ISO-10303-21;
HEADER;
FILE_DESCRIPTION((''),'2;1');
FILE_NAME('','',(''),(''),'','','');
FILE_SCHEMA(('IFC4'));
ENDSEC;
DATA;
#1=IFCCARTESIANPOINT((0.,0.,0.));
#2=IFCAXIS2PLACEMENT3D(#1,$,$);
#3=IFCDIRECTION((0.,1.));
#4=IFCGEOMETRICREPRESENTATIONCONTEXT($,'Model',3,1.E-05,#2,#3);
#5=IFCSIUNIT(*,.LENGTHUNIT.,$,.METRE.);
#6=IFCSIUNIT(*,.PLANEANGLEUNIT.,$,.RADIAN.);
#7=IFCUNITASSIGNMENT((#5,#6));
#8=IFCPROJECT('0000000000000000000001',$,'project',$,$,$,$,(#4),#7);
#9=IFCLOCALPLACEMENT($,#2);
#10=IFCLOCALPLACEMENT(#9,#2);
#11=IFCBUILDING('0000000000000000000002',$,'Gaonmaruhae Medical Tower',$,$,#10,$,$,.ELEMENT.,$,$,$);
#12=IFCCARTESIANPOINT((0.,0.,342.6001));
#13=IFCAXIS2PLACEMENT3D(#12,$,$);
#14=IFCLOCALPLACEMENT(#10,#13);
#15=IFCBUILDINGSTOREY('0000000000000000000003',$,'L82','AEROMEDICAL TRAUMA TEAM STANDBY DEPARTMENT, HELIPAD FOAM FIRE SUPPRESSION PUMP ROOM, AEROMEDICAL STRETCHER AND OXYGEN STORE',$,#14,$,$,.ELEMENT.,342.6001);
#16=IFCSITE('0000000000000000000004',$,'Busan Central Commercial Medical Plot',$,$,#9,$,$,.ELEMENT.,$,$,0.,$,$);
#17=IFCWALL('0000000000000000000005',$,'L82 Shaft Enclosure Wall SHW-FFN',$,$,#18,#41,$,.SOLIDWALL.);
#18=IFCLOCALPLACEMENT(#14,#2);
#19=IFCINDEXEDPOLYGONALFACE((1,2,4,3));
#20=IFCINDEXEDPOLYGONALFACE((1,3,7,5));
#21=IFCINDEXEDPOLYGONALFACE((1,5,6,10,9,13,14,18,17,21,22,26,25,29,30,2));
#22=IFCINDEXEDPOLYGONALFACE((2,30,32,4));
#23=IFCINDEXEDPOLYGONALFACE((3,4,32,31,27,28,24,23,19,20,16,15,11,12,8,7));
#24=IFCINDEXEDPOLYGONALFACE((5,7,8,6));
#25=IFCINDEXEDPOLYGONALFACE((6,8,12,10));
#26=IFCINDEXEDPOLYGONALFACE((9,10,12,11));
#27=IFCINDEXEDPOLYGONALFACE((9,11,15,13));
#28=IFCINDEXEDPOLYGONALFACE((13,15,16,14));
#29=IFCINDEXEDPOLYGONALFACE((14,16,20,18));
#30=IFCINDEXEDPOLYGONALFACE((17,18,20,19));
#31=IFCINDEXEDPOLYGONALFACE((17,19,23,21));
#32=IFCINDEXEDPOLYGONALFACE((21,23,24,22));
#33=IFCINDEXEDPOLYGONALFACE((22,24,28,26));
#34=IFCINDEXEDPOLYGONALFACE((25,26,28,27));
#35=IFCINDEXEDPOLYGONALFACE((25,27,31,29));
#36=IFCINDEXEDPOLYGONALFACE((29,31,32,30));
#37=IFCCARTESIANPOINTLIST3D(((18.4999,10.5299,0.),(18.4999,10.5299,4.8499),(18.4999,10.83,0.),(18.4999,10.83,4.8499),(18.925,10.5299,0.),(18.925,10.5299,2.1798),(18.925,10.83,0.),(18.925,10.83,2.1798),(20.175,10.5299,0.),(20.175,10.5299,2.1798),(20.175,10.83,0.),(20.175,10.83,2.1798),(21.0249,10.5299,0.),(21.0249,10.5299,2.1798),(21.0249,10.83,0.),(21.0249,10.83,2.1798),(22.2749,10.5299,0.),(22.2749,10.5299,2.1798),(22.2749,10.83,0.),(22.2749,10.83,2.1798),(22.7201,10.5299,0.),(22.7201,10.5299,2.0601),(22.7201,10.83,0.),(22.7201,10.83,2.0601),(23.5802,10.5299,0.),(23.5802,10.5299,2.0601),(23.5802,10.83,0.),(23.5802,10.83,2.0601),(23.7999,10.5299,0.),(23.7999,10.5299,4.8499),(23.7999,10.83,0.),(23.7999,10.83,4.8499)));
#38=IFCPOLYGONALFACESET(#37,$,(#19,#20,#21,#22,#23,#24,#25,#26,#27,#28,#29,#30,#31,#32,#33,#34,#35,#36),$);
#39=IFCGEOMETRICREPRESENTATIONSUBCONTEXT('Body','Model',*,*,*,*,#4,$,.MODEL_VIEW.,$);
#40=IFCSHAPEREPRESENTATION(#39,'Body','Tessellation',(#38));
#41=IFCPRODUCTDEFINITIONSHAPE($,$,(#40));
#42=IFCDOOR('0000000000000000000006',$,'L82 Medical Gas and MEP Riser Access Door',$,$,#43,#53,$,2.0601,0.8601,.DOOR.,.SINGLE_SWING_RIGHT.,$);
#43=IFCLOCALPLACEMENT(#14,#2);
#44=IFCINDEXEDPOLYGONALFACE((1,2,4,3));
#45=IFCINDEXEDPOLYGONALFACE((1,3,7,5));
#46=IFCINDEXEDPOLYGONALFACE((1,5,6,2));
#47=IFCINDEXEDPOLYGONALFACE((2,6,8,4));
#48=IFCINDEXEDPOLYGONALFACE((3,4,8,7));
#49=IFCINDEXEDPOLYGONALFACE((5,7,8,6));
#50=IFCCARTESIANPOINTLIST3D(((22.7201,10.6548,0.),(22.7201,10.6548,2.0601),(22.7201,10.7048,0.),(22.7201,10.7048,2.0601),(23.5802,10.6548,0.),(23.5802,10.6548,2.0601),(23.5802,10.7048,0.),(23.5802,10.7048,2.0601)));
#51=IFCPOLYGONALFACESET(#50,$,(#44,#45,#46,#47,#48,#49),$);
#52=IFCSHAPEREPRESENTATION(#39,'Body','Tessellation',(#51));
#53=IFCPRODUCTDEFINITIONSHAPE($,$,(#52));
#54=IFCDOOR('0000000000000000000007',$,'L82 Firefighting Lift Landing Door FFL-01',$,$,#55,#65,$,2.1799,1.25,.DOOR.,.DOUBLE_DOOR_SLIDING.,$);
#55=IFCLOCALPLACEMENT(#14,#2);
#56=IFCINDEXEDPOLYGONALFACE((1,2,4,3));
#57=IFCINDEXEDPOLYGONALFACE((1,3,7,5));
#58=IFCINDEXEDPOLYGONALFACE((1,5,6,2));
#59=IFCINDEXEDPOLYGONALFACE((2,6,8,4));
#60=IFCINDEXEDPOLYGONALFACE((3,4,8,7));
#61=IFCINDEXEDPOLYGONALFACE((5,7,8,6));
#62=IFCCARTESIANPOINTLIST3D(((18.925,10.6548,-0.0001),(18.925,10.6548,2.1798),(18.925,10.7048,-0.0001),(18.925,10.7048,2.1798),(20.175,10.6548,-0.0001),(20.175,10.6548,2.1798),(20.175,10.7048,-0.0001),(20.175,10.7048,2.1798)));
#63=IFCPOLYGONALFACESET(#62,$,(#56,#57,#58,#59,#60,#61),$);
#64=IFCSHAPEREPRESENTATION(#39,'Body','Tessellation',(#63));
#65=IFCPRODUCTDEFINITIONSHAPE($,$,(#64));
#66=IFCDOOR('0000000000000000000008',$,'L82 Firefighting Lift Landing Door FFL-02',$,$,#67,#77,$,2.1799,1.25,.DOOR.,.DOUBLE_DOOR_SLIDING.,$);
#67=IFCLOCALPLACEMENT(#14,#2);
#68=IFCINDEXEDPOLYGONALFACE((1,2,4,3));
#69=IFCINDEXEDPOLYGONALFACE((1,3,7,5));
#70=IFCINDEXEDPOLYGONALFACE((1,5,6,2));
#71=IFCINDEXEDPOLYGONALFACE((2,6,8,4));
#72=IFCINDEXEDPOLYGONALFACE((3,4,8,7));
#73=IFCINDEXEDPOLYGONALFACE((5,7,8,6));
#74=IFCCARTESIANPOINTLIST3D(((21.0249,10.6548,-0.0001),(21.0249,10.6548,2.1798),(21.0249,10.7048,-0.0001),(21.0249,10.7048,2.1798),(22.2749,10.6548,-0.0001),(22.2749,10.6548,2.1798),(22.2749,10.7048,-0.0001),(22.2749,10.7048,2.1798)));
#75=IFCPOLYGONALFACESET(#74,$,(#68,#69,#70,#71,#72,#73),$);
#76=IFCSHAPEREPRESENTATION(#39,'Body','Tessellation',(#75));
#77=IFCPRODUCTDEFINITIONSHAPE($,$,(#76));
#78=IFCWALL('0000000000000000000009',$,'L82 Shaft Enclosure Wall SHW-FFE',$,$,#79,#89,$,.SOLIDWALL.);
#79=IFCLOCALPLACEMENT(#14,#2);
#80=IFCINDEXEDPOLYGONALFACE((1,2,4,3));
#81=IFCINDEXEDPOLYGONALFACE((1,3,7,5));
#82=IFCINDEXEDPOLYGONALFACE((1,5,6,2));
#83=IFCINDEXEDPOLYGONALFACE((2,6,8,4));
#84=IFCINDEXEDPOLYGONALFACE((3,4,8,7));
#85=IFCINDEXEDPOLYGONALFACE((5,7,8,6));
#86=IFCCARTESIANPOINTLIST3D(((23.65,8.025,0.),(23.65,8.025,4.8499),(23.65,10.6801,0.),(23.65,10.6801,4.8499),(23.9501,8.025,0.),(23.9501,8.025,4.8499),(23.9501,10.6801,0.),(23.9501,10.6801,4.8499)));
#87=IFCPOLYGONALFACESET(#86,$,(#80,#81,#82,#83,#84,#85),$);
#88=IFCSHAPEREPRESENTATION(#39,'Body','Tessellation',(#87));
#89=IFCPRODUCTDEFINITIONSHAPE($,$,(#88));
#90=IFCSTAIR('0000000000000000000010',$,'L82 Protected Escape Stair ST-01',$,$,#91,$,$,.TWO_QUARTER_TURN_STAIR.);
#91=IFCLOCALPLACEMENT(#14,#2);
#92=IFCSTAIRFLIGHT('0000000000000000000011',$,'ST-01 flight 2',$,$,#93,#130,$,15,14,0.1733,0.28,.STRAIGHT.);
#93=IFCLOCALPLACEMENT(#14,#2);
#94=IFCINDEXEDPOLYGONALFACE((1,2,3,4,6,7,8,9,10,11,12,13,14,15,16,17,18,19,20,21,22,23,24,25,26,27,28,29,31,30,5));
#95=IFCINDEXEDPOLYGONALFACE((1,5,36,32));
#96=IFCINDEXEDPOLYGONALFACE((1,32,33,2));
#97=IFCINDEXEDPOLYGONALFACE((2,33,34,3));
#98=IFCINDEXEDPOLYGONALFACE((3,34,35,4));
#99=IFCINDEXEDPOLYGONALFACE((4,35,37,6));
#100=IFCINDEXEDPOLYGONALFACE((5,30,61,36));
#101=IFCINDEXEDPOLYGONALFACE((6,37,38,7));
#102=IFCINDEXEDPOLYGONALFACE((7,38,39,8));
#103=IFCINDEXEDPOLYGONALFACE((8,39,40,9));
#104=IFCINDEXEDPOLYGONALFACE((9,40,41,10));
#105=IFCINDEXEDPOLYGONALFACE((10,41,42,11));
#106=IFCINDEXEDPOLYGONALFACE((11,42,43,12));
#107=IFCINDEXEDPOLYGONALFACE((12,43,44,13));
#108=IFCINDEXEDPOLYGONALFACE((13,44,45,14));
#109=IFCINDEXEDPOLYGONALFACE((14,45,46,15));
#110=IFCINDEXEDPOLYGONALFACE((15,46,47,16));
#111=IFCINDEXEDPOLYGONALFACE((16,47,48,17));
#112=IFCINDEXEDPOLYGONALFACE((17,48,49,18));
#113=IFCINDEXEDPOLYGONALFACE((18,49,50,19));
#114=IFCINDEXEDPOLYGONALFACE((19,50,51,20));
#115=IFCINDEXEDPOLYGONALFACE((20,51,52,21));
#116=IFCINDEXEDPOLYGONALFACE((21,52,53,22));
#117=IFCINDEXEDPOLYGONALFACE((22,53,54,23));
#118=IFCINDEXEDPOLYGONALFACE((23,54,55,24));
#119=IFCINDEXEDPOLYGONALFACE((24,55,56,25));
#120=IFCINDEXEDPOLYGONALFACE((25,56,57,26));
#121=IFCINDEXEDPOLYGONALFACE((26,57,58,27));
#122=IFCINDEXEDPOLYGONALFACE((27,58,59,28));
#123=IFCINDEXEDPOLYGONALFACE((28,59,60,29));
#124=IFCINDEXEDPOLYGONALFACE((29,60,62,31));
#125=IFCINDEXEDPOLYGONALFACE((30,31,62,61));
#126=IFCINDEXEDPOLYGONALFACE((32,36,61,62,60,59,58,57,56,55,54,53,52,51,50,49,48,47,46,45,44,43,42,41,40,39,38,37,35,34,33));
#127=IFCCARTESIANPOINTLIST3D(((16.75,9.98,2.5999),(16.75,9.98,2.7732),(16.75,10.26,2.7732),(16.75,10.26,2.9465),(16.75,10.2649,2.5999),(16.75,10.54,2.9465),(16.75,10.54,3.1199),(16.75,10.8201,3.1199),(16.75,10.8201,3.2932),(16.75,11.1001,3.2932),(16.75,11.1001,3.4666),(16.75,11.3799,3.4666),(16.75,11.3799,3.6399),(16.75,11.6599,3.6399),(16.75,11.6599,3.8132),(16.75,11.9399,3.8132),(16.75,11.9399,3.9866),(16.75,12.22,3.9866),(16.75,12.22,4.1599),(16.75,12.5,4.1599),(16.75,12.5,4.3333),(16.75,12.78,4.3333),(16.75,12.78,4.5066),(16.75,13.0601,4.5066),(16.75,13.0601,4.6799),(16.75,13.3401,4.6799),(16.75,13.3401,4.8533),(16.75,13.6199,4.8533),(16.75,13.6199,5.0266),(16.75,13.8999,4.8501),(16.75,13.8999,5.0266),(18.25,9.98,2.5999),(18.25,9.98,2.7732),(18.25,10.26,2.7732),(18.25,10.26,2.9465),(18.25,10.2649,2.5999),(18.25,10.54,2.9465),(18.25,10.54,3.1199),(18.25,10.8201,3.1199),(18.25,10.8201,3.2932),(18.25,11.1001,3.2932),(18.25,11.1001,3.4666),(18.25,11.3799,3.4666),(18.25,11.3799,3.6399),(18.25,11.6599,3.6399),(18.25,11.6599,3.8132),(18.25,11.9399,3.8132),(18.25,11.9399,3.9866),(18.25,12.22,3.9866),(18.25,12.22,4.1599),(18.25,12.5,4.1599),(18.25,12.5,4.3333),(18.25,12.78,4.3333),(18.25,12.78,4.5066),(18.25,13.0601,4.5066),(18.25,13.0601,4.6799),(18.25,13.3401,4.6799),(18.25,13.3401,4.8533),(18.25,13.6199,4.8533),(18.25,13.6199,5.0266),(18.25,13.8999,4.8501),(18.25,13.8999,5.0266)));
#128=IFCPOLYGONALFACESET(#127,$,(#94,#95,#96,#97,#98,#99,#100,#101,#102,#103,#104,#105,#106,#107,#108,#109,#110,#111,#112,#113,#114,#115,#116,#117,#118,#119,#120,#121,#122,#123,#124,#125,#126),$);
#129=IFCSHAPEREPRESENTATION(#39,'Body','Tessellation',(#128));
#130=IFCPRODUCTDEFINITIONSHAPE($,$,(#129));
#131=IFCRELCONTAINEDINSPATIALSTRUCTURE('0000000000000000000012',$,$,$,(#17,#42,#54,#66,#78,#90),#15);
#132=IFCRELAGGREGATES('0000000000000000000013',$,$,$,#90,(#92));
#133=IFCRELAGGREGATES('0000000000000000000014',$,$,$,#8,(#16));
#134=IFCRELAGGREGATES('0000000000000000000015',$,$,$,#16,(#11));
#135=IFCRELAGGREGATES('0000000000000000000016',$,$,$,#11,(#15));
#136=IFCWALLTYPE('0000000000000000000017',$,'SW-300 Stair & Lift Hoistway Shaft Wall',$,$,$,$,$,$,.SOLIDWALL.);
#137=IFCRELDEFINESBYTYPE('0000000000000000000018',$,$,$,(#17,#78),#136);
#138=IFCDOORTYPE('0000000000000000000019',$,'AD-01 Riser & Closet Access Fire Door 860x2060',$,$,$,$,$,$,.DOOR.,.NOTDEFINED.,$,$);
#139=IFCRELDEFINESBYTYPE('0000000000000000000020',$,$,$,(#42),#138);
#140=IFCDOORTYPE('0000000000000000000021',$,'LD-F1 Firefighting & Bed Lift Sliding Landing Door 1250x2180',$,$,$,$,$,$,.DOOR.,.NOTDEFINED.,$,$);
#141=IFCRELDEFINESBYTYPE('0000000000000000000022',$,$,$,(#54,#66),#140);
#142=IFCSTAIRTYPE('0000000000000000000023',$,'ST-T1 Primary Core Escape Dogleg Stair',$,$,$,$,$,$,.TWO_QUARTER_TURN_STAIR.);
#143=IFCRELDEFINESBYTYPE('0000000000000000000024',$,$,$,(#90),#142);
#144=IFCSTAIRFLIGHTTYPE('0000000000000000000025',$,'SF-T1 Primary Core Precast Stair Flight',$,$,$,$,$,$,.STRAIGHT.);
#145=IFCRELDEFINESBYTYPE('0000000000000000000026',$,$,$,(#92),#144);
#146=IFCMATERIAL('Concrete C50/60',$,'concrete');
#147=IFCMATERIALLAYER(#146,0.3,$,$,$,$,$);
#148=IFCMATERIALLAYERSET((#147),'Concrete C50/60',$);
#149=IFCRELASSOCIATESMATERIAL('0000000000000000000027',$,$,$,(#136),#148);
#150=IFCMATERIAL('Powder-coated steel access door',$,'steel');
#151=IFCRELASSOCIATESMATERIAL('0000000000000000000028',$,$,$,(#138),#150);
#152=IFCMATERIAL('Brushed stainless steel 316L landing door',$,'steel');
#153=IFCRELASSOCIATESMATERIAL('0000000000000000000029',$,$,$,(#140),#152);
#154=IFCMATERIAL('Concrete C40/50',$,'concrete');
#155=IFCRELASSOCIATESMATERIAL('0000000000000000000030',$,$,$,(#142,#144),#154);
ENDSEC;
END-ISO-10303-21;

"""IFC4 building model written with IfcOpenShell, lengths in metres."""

from ifc_helpers import new_model, si_unit, direction, frame, frame_2d, origin, place, context, subcontext, project, spatial, polyline, rectangle, outline, extrude, material, layer, layer_set, type_object, element, fill, aggregate, save


model = new_model("IFC4")

# Units and contexts
model_context = context("Model", 3, precision=1e-05, world=origin(), true_north=direction((0.0, 1.0)))
body_context = subcontext(model_context, "Body", "Model", "MODEL_VIEW")
ifc_project = project(units=[si_unit("LENGTHUNIT", "METRE"), si_unit("PLANEANGLEUNIT", "RADIAN")], contexts=[model_context])

# Site, building, storey
site_placement = place(None, origin())
site = spatial("IfcSite", under=ifc_project, at=site_placement, Name="Busan Central Commercial Medical Plot", CompositionType="ELEMENT", RefElevation=0.0)
building_placement = place(site_placement, origin())
building = spatial("IfcBuilding", under=site, at=building_placement, Name="Gaonmaruhae Medical Tower", CompositionType="ELEMENT")
storey_placement = place(building_placement, frame((0.0, 0.0, 342.6001)))
storey = spatial("IfcBuildingStorey", under=building, at=storey_placement, Name="L82", Description="AEROMEDICAL TRAUMA TEAM STANDBY DEPARTMENT, HELIPAD FOAM FIRE SUPPRESSION PUMP ROOM, AEROMEDICAL STRETCHER AND OXYGEN STORE", CompositionType="ELEMENT", Elevation=342.6001)

# Shared definitions
ifc_material_1 = material(Name="Concrete C50/60", Category="concrete")

# Wall, openings, doors
ifc_layer_1 = layer(ifc_material_1, 0.3)
ifc_layer_set_1 = layer_set([ifc_layer_1], Name="Concrete C50/60")
wall_type_1 = type_object("IfcWallType", Name="SW-300 Stair & Lift Hoistway Shaft Wall", PredefinedType="SOLIDWALL", material=ifc_layer_set_1)
wall_1_placement = place(storey_placement, frame((18.5, 10.6799, 0.0), z_axis=(0.0, 0.0, 1.0), x_axis=(1.0, 0.0, 0.0)))
wall_1 = element("IfcWall", 1, at=wall_1_placement, inside=storey, type_object=wall_type_1, Name="L82 Shaft Enclosure Wall SHW-FFN", PredefinedType="SOLIDWALL", context=body_context, shape_type="SweptSolid", body=[
    extrude(rectangle(XDim=5.3, YDim=0.3, at=frame_2d((2.6499, 0.0))), origin(), (0.0, 0.0, 1.0), 4.8499),
])
opening_1_placement = place(wall_1_placement, frame((4.22, 0.0, 0.0)))
opening_1 = element("IfcOpeningElement", 2, at=opening_1_placement, cuts=wall_1, PredefinedType="OPENING", context=body_context, shape_type="SweptSolid", body=[
    extrude(rectangle(XDim=0.8601, YDim=2.0601, at=frame_2d((0.4302, 1.03))), frame((0.0, 0.1602, 0.0), z_axis=(0.0, -1.0, 0.0), x_axis=(1.0, 0.0, 0.0)), (0.0, 0.0, 1.0), 0.3201),
])
opening_2_placement = place(wall_1_placement, frame((0.425, 0.0, 0.0)))
opening_2 = element("IfcOpeningElement", 3, at=opening_2_placement, cuts=wall_1, PredefinedType="OPENING", context=body_context, shape_type="SweptSolid", body=[
    extrude(rectangle(XDim=1.25, YDim=2.1799, at=frame_2d((0.625, 1.0898))), frame((0.0, 0.1602, 0.0), z_axis=(0.0, -1.0, 0.0), x_axis=(1.0, 0.0, 0.0)), (0.0, 0.0, 1.0), 0.3201),
])
opening_3_placement = place(wall_1_placement, frame((2.5249, 0.0, 0.0)))
opening_3 = element("IfcOpeningElement", 4, at=opening_3_placement, cuts=wall_1, PredefinedType="OPENING", context=body_context, shape_type="SweptSolid", body=[
    extrude(rectangle(XDim=1.25, YDim=2.1799, at=frame_2d((0.625, 1.0898))), frame((0.0, 0.1602, 0.0), z_axis=(0.0, -1.0, 0.0), x_axis=(1.0, 0.0, 0.0)), (0.0, 0.0, 1.0), 0.3201),
])
ifc_material_2 = material(Name="Powder-coated steel access door", Category="steel")
door_type_1 = type_object("IfcDoorType", Name="AD-01 Riser & Closet Access Fire Door 860x2060", OperationType="NOTDEFINED", PredefinedType="DOOR", material=ifc_material_2)
door_1_placement = place(opening_1_placement, origin())
door_1 = element("IfcDoor", 5, at=door_1_placement, inside=storey, type_object=door_type_1, Name="L82 Medical Gas and MEP Riser Access Door", OperationType="SINGLE_SWING_RIGHT", OverallHeight=2.0601, OverallWidth=0.8601, PredefinedType="DOOR", context=body_context, shape_type="SweptSolid", body=[
    extrude(rectangle(XDim=0.8601, YDim=2.0601, at=frame_2d((0.4302, 1.03))), frame((0.0, 0.0249, 0.0), z_axis=(0.0, -1.0, 0.0), x_axis=(1.0, 0.0, 0.0)), (0.0, 0.0, 1.0), 0.05),
])
fill(opening_1, door_1)
ifc_material_3 = material(Name="Brushed stainless steel 316L landing door", Category="steel")
door_type_2 = type_object("IfcDoorType", Name="LD-F1 Firefighting & Bed Lift Sliding Landing Door 1250x2180", OperationType="NOTDEFINED", PredefinedType="DOOR", material=ifc_material_3)
door_2_placement = place(opening_2_placement, origin())
door_2 = element("IfcDoor", 6, at=door_2_placement, inside=storey, type_object=door_type_2, Name="L82 Firefighting Lift Landing Door FFL-01", OperationType="DOUBLE_DOOR_SLIDING", OverallHeight=2.1799, OverallWidth=1.25, PredefinedType="DOOR", context=body_context, shape_type="SweptSolid", body=[
    extrude(rectangle(XDim=1.25, YDim=2.1799, at=frame_2d((0.625, 1.0898))), frame((0.0, 0.0249, 0.0), z_axis=(0.0, -1.0, 0.0), x_axis=(1.0, 0.0, 0.0)), (0.0, 0.0, 1.0), 0.05),
])
fill(opening_2, door_2)
door_3_placement = place(opening_3_placement, origin())
door_3 = element("IfcDoor", 7, at=door_3_placement, inside=storey, type_object=door_type_2, Name="L82 Firefighting Lift Landing Door FFL-02", OperationType="DOUBLE_DOOR_SLIDING", OverallHeight=2.1799, OverallWidth=1.25, PredefinedType="DOOR", context=body_context, shape_type="SweptSolid", body=[
    extrude(rectangle(XDim=1.25, YDim=2.1799, at=frame_2d((0.625, 1.0898))), frame((0.0, 0.0249, 0.0), z_axis=(0.0, -1.0, 0.0), x_axis=(1.0, 0.0, 0.0)), (0.0, 0.0, 1.0), 0.05),
])
fill(opening_3, door_3)

# Wall
wall_2_placement = place(storey_placement, frame((23.8, 8.0249, 0.0), z_axis=(0.0, 0.0, 1.0), x_axis=(0.0, 1.0, 0.0)))
element("IfcWall", 8, at=wall_2_placement, inside=storey, type_object=wall_type_1, Name="L82 Shaft Enclosure Wall SHW-FFE", PredefinedType="SOLIDWALL", context=body_context, shape_type="SweptSolid", body=[
    extrude(rectangle(XDim=2.655, YDim=0.3, at=frame_2d((1.3276, 0.0))), origin(), (0.0, 0.0, 1.0), 4.8499),
])

# Stair, stair flight
ifc_material_4 = material(Name="Concrete C40/50", Category="concrete")
stair_type = type_object("IfcStairType", Name="ST-T1 Primary Core Escape Dogleg Stair", PredefinedType="TWO_QUARTER_TURN_STAIR", material=ifc_material_4)
stair_placement = place(storey_placement, origin())
stair = element("IfcStair", 9, at=stair_placement, inside=storey, type_object=stair_type, Name="L82 Protected Escape Stair ST-01", PredefinedType="TWO_QUARTER_TURN_STAIR")
stair_flight_type = type_object("IfcStairFlightType", Name="SF-T1 Primary Core Precast Stair Flight", PredefinedType="STRAIGHT", material=ifc_material_4)
stair_flight_placement = place(storey_placement, frame((17.5, 9.98, 2.5999), z_axis=(0.0, 0.0, 1.0), x_axis=(0.0, 1.0, 0.0)))
stair_flight = element("IfcStairFlight", 10, at=stair_flight_placement, type_object=stair_flight_type, Name="ST-01 flight 2", NumberOfRisers=15, NumberOfTreads=14, PredefinedType="STRAIGHT", RiserHeight=0.1733, TreadLength=0.28, context=body_context, shape_type="SweptSolid", body=[
    extrude(outline(polyline([(0.0, 0.0), (0.0, 0.1733), (0.28, 0.1733), (0.28, 0.3467), (0.5601, 0.3467), (0.5601, 0.52), (0.8401, 0.52), (0.8401, 0.6934), (1.1201, 0.6934), (1.1201, 0.8667), (1.3999, 0.8667), (1.3999, 1.04), (1.6799, 1.04), (1.6799, 1.2134), (1.96, 1.2134), (1.96, 1.3867), (2.24, 1.3867), (2.24, 1.5601), (2.52, 1.5601), (2.52, 1.7334), (2.8, 1.7334), (2.8, 1.9067), (3.0801, 1.9067), (3.0801, 2.0801), (3.3601, 2.0801), (3.3601, 2.2534), (3.6399, 2.2534), (3.6399, 2.4268), (3.9199, 2.4268), (3.9199, 2.6001), (3.9199, 2.2502), (0.2849, 0.0), (0.0, 0.0)])), frame((0.0, 0.75, 0.0), z_axis=(0.0, -1.0, 0.0), x_axis=(1.0, 0.0, 0.0)), (0.0, 0.0, 1.0), 1.5),
])
aggregate(stair, [stair_flight])

save(model, "model.ifc")
